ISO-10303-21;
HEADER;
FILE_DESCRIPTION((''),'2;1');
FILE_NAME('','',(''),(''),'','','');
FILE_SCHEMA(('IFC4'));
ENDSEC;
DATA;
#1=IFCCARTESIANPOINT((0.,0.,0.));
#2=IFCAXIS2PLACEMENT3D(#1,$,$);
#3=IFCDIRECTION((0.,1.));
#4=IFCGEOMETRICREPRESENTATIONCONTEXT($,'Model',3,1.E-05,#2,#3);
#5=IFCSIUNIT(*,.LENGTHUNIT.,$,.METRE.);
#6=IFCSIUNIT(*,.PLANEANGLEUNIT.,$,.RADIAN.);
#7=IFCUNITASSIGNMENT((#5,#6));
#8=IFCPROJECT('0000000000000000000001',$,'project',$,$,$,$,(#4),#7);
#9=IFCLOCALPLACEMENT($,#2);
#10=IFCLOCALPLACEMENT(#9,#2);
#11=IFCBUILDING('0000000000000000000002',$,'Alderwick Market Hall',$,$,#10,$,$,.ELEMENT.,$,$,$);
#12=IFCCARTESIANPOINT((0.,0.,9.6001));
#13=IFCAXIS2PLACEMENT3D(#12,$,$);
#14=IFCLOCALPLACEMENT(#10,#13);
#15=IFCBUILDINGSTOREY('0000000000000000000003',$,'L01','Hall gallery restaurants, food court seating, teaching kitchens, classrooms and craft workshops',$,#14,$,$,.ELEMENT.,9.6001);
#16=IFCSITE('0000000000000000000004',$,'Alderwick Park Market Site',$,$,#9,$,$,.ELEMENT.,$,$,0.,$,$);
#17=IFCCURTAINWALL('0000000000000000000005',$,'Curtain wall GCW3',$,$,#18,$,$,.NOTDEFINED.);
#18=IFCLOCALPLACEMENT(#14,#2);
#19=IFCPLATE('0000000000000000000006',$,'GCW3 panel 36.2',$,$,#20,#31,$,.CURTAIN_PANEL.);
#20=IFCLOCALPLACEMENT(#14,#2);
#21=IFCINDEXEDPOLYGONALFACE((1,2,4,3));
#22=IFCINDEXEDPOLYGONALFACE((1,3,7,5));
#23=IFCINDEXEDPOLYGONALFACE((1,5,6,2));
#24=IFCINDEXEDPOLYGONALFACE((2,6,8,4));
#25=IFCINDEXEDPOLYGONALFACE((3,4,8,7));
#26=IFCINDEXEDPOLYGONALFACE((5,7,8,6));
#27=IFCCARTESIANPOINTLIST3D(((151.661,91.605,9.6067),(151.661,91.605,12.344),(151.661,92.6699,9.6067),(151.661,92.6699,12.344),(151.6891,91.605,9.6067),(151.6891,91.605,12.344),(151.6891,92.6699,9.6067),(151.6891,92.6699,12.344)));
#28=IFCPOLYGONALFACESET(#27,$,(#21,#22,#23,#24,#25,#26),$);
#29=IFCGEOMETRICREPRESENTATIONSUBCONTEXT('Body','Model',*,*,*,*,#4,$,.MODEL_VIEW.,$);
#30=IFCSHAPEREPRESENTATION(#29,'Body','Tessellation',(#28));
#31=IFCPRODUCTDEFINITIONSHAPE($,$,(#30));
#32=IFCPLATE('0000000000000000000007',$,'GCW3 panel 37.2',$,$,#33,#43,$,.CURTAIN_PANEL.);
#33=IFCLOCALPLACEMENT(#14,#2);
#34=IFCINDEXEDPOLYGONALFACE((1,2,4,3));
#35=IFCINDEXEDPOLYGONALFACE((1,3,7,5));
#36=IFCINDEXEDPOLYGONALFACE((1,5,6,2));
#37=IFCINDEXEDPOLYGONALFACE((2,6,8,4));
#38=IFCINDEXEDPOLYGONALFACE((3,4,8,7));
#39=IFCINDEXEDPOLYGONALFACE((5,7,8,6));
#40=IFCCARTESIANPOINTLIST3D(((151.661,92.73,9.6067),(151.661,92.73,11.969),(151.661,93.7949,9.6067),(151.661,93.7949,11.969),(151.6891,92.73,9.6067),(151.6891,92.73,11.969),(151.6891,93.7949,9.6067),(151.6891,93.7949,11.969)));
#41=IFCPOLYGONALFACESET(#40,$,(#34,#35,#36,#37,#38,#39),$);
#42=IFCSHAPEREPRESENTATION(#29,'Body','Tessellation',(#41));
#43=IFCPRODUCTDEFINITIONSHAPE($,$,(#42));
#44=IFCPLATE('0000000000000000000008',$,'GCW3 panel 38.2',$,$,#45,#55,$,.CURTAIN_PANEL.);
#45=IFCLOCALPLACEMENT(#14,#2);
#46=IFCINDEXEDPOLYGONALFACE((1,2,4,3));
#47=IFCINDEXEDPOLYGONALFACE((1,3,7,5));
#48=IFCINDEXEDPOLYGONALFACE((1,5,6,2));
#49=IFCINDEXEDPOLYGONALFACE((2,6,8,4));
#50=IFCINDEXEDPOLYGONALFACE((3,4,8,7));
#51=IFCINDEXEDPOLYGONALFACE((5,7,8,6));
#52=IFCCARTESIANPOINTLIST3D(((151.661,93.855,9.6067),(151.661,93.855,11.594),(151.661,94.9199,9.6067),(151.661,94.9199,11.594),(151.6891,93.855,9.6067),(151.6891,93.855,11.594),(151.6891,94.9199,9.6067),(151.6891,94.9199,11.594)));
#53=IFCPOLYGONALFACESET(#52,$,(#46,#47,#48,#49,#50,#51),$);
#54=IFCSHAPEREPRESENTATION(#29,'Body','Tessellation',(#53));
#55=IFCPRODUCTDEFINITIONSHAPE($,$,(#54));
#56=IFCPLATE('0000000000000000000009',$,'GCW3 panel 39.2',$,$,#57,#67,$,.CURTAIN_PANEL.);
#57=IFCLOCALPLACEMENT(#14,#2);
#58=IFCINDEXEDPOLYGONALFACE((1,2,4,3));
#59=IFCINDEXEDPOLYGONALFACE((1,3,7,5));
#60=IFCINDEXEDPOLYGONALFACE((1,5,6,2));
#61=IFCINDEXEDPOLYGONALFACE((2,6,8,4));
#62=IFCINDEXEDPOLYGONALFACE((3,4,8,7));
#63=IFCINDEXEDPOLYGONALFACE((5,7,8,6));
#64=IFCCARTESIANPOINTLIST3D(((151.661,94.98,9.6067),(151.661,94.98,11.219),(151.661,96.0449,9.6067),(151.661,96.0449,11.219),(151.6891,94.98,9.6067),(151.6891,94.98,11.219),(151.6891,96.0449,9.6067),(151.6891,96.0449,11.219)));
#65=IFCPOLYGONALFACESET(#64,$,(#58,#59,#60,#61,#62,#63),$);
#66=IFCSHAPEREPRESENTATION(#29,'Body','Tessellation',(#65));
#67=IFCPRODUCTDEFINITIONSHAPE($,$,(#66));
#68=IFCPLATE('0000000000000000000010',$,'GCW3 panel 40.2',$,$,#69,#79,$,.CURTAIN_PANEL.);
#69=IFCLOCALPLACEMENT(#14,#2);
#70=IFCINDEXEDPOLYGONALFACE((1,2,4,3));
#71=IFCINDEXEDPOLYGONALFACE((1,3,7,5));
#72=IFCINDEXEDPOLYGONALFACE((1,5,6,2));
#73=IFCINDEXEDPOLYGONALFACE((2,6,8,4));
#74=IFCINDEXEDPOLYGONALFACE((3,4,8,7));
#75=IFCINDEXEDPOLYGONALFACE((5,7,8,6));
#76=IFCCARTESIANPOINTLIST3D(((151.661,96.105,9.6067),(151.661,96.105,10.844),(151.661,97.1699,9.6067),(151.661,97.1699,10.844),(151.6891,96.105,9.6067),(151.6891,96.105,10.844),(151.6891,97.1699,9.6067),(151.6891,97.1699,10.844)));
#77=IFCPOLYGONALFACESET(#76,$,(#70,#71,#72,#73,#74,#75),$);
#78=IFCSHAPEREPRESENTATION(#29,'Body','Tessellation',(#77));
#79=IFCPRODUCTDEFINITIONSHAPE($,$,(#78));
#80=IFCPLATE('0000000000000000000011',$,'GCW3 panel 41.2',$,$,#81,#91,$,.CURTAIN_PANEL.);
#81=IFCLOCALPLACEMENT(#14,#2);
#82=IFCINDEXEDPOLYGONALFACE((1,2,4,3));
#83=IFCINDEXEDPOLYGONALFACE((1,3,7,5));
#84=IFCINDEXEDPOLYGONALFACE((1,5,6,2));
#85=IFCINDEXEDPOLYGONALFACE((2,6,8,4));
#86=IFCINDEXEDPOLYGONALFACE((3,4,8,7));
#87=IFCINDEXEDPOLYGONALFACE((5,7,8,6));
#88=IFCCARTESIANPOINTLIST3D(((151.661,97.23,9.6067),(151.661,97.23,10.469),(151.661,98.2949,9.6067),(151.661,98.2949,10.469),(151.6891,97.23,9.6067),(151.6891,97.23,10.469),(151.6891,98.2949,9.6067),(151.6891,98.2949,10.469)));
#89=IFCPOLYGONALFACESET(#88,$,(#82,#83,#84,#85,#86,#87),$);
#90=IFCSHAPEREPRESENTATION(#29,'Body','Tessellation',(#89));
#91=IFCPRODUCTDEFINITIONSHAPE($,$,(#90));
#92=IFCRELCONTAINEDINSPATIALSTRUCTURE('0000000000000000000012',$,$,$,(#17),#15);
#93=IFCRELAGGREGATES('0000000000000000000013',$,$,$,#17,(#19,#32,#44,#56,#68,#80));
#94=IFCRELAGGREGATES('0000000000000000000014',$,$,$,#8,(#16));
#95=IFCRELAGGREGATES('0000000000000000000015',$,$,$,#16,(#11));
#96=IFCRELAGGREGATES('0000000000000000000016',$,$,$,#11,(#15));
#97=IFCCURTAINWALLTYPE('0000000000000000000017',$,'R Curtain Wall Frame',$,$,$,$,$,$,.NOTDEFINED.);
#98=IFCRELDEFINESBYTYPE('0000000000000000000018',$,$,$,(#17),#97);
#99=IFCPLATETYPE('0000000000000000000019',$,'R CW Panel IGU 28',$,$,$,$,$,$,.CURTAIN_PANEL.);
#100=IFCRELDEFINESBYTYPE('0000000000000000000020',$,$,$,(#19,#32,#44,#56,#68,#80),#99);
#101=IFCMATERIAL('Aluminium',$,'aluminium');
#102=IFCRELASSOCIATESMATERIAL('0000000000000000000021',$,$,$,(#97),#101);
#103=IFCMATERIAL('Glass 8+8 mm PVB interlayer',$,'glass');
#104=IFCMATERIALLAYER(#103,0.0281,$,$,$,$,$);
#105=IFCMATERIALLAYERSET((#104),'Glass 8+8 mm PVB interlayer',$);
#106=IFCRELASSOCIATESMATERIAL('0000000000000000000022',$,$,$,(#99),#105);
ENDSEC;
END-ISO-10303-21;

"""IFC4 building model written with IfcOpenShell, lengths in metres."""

from ifc_helpers import new_model, si_unit, direction, frame, origin, origin_2d, place, context, subcontext, project, spatial, rectangle, extrude, material, layer, layer_set, type_object, element, aggregate, save


model = new_model("IFC4")

# Units and contexts
model_context = context("Model", 3, precision=1e-05, world=origin(), true_north=direction((0.0, 1.0)))
body_context = subcontext(model_context, "Body", "Model", "MODEL_VIEW")
ifc_project = project(units=[si_unit("LENGTHUNIT", "METRE"), si_unit("PLANEANGLEUNIT", "RADIAN")], contexts=[model_context])

# Site, building, storey
site_placement = place(None, origin())
site = spatial("IfcSite", under=ifc_project, at=site_placement, Name="Alderwick Park Market Site", CompositionType="ELEMENT", RefElevation=0.0)
building_placement = place(site_placement, origin())
building = spatial("IfcBuilding", under=site, at=building_placement, Name="Alderwick Market Hall", CompositionType="ELEMENT")
storey_placement = place(building_placement, frame((0.0, 0.0, 9.6001)))
storey = spatial("IfcBuildingStorey", under=building, at=storey_placement, Name="L01", Description="Hall gallery restaurants, food court seating, teaching kitchens, classrooms and craft workshops", CompositionType="ELEMENT", Elevation=9.6001)

# Curtain wall, plates
ifc_material_1 = material(Name="Aluminium", Category="aluminium")
curtain_wall_type = type_object("IfcCurtainWallType", Name="R Curtain Wall Frame", PredefinedType="NOTDEFINED", material=ifc_material_1)
curtain_wall_placement = place(storey_placement, origin())
curtain_wall = element("IfcCurtainWall", 1, at=curtain_wall_placement, inside=storey, type_object=curtain_wall_type, Name="Curtain wall GCW3", PredefinedType="NOTDEFINED")
ifc_material_2 = material(Name="Glass 8+8 mm PVB interlayer", Category="glass")
ifc_layer = layer(ifc_material_2, 0.0281)
ifc_layer_set = layer_set([ifc_layer], Name="Glass 8+8 mm PVB interlayer")
plate_type = type_object("IfcPlateType", Name="R CW Panel IGU 28", PredefinedType="CURTAIN_PANEL", material=ifc_layer_set)
plate_1_placement = place(storey_placement, frame((151.675, 92.1375, 9.6067), z_axis=(0.0, 0.0, 1.0), x_axis=(1.0, 0.0, 0.0)))
plate_1 = element("IfcPlate", 2, at=plate_1_placement, type_object=plate_type, Name="GCW3 panel 36.2", PredefinedType="CURTAIN_PANEL", context=body_context, shape_type="SweptSolid", body=[
    extrude(rectangle(XDim=0.0281, YDim=1.0649, at=origin_2d()), origin(), (0.0, 0.0, 1.0), 2.7373),
])
plate_2_placement = place(storey_placement, frame((151.675, 93.2625, 9.6067), z_axis=(0.0, 0.0, 1.0), x_axis=(1.0, 0.0, 0.0)))
plate_2 = element("IfcPlate", 3, at=plate_2_placement, type_object=plate_type, Name="GCW3 panel 37.2", PredefinedType="CURTAIN_PANEL", context=body_context, shape_type="SweptSolid", body=[
    extrude(rectangle(XDim=0.0281, YDim=1.0649, at=origin_2d()), origin(), (0.0, 0.0, 1.0), 2.3623),
])
plate_3_placement = place(storey_placement, frame((151.675, 94.3875, 9.6067), z_axis=(0.0, 0.0, 1.0), x_axis=(1.0, 0.0, 0.0)))
plate_3 = element("IfcPlate", 4, at=plate_3_placement, type_object=plate_type, Name="GCW3 panel 38.2", PredefinedType="CURTAIN_PANEL", context=body_context, shape_type="SweptSolid", body=[
    extrude(rectangle(XDim=0.0281, YDim=1.0649, at=origin_2d()), origin(), (0.0, 0.0, 1.0), 1.9873),
])
plate_4_placement = place(storey_placement, frame((151.675, 95.5125, 9.6067), z_axis=(0.0, 0.0, 1.0), x_axis=(1.0, 0.0, 0.0)))
plate_4 = element("IfcPlate", 5, at=plate_4_placement, type_object=plate_type, Name="GCW3 panel 39.2", PredefinedType="CURTAIN_PANEL", context=body_context, shape_type="SweptSolid", body=[
    extrude(rectangle(XDim=0.0281, YDim=1.0649, at=origin_2d()), origin(), (0.0, 0.0, 1.0), 1.6123),
])
plate_5_placement = place(storey_placement, frame((151.675, 96.6375, 9.6067), z_axis=(0.0, 0.0, 1.0), x_axis=(1.0, 0.0, 0.0)))
plate_5 = element("IfcPlate", 6, at=plate_5_placement, type_object=plate_type, Name="GCW3 panel 40.2", PredefinedType="CURTAIN_PANEL", context=body_context, shape_type="SweptSolid", body=[
    extrude(rectangle(XDim=0.0281, YDim=1.0649, at=origin_2d()), origin(), (0.0, 0.0, 1.0), 1.2373),
])
plate_6_placement = place(storey_placement, frame((151.675, 97.7625, 9.6067), z_axis=(0.0, 0.0, 1.0), x_axis=(1.0, 0.0, 0.0)))
plate_6 = element("IfcPlate", 7, at=plate_6_placement, type_object=plate_type, Name="GCW3 panel 41.2", PredefinedType="CURTAIN_PANEL", context=body_context, shape_type="SweptSolid", body=[
    extrude(rectangle(XDim=0.0281, YDim=1.0649, at=origin_2d()), origin(), (0.0, 0.0, 1.0), 0.8623),
])
aggregate(curtain_wall, [plate_1, plate_2, plate_3, plate_4, plate_5, plate_6])

save(model, "model.ifc")
